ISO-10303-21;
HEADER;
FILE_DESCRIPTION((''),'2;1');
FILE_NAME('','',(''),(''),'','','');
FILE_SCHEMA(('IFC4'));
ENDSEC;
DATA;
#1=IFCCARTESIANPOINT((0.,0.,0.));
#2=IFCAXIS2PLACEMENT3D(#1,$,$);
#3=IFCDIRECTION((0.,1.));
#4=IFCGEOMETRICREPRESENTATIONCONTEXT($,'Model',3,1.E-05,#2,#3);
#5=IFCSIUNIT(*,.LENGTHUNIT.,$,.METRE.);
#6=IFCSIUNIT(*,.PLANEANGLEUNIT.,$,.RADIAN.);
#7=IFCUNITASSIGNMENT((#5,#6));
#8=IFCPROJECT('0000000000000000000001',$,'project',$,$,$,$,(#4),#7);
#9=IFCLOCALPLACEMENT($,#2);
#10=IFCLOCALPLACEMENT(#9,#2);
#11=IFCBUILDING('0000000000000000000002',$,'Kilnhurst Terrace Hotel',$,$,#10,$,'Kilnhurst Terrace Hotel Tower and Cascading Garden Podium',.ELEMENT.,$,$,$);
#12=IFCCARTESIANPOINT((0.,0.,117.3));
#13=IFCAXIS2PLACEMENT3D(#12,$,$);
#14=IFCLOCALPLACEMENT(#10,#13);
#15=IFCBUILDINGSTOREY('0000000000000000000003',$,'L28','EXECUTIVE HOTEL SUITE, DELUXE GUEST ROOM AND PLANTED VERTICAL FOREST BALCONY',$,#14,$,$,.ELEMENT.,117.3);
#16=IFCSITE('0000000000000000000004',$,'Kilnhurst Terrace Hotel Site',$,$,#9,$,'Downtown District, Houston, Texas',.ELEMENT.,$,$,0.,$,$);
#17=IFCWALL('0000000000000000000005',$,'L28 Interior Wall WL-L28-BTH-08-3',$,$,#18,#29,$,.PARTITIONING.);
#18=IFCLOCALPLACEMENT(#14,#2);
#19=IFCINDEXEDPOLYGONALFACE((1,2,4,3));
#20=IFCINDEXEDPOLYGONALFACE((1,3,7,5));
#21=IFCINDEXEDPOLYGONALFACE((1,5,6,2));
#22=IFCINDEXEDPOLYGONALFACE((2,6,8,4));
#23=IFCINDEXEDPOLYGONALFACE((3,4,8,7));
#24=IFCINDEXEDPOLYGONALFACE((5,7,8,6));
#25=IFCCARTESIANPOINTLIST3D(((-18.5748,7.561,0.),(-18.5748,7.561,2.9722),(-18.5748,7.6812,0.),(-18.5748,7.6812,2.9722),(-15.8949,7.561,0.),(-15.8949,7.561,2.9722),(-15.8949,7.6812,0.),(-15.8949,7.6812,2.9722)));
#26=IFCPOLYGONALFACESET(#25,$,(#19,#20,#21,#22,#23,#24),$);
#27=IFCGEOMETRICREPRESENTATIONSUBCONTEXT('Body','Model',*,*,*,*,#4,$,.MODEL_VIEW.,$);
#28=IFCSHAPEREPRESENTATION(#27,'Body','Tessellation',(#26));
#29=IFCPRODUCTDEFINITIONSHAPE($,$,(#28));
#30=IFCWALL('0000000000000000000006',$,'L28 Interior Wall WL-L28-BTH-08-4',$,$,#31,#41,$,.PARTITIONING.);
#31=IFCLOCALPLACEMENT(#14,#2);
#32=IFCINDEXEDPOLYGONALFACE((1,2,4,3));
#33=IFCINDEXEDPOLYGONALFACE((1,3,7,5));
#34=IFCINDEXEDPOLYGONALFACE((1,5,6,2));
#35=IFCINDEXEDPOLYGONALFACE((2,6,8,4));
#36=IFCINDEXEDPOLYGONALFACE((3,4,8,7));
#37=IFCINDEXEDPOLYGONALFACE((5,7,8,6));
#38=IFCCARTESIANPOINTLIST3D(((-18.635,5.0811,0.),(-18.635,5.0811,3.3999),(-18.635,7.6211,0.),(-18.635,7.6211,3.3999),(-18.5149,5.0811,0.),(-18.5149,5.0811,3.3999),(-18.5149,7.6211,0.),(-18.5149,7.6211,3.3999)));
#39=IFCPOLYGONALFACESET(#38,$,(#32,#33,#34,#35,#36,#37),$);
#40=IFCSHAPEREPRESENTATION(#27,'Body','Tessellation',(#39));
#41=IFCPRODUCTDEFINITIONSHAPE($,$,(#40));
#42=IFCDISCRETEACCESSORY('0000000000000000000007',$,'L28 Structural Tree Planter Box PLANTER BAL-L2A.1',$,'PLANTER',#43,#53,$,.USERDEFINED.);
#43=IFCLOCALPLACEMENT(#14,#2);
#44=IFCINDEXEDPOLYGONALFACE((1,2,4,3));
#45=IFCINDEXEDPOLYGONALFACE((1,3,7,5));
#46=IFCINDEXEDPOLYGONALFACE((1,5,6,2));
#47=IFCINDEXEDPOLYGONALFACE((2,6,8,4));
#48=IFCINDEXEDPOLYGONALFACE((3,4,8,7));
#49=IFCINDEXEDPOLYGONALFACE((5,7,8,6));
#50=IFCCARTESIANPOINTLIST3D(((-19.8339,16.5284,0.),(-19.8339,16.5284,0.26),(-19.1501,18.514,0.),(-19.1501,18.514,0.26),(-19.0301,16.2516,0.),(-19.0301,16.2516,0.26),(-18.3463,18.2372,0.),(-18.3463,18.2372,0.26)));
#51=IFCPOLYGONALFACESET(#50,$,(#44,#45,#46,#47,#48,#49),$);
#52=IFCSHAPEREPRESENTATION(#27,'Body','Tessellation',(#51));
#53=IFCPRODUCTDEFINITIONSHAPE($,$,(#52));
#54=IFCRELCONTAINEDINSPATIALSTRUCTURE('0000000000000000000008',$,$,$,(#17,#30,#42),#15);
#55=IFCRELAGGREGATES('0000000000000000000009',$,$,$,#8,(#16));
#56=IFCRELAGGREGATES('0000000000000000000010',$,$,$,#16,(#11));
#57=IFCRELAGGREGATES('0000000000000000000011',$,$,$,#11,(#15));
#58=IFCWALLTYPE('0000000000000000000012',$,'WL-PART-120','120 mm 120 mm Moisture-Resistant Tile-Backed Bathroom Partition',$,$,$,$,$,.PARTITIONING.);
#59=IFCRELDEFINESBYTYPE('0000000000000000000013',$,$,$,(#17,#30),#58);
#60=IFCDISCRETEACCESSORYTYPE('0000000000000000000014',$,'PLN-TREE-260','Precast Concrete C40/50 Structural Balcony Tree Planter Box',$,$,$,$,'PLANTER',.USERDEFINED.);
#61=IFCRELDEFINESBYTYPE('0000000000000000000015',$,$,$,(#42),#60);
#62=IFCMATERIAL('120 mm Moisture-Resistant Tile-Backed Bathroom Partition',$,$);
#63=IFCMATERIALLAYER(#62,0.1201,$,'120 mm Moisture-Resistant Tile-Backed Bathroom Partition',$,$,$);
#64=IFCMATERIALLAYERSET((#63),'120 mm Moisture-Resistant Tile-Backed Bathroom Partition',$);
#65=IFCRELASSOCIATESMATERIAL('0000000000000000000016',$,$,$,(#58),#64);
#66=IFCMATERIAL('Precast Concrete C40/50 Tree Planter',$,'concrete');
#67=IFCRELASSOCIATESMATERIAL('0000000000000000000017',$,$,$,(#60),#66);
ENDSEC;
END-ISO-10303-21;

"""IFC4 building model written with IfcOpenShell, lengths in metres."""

from ifc_helpers import new_model, si_unit, direction, frame, frame_2d, origin, origin_2d, place, context, subcontext, project, spatial, rectangle, extrude, material, layer, layer_set, type_object, element, save


model = new_model("IFC4")

# Units and contexts
model_context = context("Model", 3, precision=1e-05, world=origin(), true_north=direction((0.0, 1.0)))
body_context = subcontext(model_context, "Body", "Model", "MODEL_VIEW")
ifc_project = project(units=[si_unit("LENGTHUNIT", "METRE"), si_unit("PLANEANGLEUNIT", "RADIAN")], contexts=[model_context])

# Site, building, storey
site_placement = place(None, origin())
site = spatial("IfcSite", under=ifc_project, at=site_placement, Name="Kilnhurst Terrace Hotel Site", LongName="Downtown District, Houston, Texas", CompositionType="ELEMENT", RefElevation=0.0)
building_placement = place(site_placement, origin())
building = spatial("IfcBuilding", under=site, at=building_placement, Name="Kilnhurst Terrace Hotel", LongName="Kilnhurst Terrace Hotel Tower and Cascading Garden Podium", CompositionType="ELEMENT")
storey_placement = place(building_placement, frame((0.0, 0.0, 117.3)))
storey = spatial("IfcBuildingStorey", under=building, at=storey_placement, Name="L28", Description="EXECUTIVE HOTEL SUITE, DELUXE GUEST ROOM AND PLANTED VERTICAL FOREST BALCONY", CompositionType="ELEMENT", Elevation=117.3)

# Shared definitions
ifc_material_1 = material(Name="120 mm Moisture-Resistant Tile-Backed Bathroom Partition")
ifc_layer_1 = layer(ifc_material_1, 0.1201, Name="120 mm Moisture-Resistant Tile-Backed Bathroom Partition")
ifc_layer_set_1 = layer_set([ifc_layer_1], Name="120 mm Moisture-Resistant Tile-Backed Bathroom Partition")
wall_type_1 = type_object("IfcWallType", Name="WL-PART-120", Description="120 mm 120 mm Moisture-Resistant Tile-Backed Bathroom Partition", PredefinedType="PARTITIONING", material=ifc_layer_set_1)

# Walls
wall_1_placement = place(storey_placement, frame((-15.895, 7.6211, 0.0), z_axis=(0.0, 0.0, 1.0), x_axis=(-1.0, 0.0, 0.0)))
element("IfcWall", 1, at=wall_1_placement, inside=storey, type_object=wall_type_1, Name="L28 Interior Wall WL-L28-BTH-08-3", PredefinedType="PARTITIONING", context=body_context, shape_type="SweptSolid", body=[
    extrude(rectangle(XDim=2.6799, YDim=0.1201, at=frame_2d((1.3398, 0.0))), origin(), (0.0, 0.0, 1.0), 2.9722),
])
wall_2_placement = place(storey_placement, frame((-18.575, 7.6211, 0.0), z_axis=(0.0, 0.0, 1.0), x_axis=(0.0, -1.0, 0.0)))
element("IfcWall", 2, at=wall_2_placement, inside=storey, type_object=wall_type_1, Name="L28 Interior Wall WL-L28-BTH-08-4", PredefinedType="PARTITIONING", context=body_context, shape_type="SweptSolid", body=[
    extrude(rectangle(XDim=2.54, YDim=0.1201, at=frame_2d((1.27, 0.0))), origin(), (0.0, 0.0, 1.0), 3.3999),
])

# Discrete accessory
ifc_material_2 = material(Name="Precast Concrete C40/50 Tree Planter", Category="concrete")
discrete_accessory_type = type_object("IfcDiscreteAccessoryType", Name="PLN-TREE-260", Description="Precast Concrete C40/50 Structural Balcony Tree Planter Box", ElementType="PLANTER", PredefinedType="USERDEFINED", material=ifc_material_2)
discrete_accessory_placement = place(storey_placement, frame((-19.0901, 17.3828, 0.0), z_axis=(0.0, 0.0, 1.0), x_axis=(-0.325601, -0.945507, 0.0)))
element("IfcDiscreteAccessory", 3, at=discrete_accessory_placement, inside=storey, type_object=discrete_accessory_type, Name="L28 Structural Tree Planter Box PLANTER BAL-L2A.1", ObjectType="PLANTER", PredefinedType="USERDEFINED", context=body_context, shape_type="SweptSolid", body=[
    extrude(rectangle(XDim=2.1001, YDim=0.8501, at=origin_2d()), origin(), (0.0, 0.0, 1.0), 0.26),
])

save(model, "model.ifc")
